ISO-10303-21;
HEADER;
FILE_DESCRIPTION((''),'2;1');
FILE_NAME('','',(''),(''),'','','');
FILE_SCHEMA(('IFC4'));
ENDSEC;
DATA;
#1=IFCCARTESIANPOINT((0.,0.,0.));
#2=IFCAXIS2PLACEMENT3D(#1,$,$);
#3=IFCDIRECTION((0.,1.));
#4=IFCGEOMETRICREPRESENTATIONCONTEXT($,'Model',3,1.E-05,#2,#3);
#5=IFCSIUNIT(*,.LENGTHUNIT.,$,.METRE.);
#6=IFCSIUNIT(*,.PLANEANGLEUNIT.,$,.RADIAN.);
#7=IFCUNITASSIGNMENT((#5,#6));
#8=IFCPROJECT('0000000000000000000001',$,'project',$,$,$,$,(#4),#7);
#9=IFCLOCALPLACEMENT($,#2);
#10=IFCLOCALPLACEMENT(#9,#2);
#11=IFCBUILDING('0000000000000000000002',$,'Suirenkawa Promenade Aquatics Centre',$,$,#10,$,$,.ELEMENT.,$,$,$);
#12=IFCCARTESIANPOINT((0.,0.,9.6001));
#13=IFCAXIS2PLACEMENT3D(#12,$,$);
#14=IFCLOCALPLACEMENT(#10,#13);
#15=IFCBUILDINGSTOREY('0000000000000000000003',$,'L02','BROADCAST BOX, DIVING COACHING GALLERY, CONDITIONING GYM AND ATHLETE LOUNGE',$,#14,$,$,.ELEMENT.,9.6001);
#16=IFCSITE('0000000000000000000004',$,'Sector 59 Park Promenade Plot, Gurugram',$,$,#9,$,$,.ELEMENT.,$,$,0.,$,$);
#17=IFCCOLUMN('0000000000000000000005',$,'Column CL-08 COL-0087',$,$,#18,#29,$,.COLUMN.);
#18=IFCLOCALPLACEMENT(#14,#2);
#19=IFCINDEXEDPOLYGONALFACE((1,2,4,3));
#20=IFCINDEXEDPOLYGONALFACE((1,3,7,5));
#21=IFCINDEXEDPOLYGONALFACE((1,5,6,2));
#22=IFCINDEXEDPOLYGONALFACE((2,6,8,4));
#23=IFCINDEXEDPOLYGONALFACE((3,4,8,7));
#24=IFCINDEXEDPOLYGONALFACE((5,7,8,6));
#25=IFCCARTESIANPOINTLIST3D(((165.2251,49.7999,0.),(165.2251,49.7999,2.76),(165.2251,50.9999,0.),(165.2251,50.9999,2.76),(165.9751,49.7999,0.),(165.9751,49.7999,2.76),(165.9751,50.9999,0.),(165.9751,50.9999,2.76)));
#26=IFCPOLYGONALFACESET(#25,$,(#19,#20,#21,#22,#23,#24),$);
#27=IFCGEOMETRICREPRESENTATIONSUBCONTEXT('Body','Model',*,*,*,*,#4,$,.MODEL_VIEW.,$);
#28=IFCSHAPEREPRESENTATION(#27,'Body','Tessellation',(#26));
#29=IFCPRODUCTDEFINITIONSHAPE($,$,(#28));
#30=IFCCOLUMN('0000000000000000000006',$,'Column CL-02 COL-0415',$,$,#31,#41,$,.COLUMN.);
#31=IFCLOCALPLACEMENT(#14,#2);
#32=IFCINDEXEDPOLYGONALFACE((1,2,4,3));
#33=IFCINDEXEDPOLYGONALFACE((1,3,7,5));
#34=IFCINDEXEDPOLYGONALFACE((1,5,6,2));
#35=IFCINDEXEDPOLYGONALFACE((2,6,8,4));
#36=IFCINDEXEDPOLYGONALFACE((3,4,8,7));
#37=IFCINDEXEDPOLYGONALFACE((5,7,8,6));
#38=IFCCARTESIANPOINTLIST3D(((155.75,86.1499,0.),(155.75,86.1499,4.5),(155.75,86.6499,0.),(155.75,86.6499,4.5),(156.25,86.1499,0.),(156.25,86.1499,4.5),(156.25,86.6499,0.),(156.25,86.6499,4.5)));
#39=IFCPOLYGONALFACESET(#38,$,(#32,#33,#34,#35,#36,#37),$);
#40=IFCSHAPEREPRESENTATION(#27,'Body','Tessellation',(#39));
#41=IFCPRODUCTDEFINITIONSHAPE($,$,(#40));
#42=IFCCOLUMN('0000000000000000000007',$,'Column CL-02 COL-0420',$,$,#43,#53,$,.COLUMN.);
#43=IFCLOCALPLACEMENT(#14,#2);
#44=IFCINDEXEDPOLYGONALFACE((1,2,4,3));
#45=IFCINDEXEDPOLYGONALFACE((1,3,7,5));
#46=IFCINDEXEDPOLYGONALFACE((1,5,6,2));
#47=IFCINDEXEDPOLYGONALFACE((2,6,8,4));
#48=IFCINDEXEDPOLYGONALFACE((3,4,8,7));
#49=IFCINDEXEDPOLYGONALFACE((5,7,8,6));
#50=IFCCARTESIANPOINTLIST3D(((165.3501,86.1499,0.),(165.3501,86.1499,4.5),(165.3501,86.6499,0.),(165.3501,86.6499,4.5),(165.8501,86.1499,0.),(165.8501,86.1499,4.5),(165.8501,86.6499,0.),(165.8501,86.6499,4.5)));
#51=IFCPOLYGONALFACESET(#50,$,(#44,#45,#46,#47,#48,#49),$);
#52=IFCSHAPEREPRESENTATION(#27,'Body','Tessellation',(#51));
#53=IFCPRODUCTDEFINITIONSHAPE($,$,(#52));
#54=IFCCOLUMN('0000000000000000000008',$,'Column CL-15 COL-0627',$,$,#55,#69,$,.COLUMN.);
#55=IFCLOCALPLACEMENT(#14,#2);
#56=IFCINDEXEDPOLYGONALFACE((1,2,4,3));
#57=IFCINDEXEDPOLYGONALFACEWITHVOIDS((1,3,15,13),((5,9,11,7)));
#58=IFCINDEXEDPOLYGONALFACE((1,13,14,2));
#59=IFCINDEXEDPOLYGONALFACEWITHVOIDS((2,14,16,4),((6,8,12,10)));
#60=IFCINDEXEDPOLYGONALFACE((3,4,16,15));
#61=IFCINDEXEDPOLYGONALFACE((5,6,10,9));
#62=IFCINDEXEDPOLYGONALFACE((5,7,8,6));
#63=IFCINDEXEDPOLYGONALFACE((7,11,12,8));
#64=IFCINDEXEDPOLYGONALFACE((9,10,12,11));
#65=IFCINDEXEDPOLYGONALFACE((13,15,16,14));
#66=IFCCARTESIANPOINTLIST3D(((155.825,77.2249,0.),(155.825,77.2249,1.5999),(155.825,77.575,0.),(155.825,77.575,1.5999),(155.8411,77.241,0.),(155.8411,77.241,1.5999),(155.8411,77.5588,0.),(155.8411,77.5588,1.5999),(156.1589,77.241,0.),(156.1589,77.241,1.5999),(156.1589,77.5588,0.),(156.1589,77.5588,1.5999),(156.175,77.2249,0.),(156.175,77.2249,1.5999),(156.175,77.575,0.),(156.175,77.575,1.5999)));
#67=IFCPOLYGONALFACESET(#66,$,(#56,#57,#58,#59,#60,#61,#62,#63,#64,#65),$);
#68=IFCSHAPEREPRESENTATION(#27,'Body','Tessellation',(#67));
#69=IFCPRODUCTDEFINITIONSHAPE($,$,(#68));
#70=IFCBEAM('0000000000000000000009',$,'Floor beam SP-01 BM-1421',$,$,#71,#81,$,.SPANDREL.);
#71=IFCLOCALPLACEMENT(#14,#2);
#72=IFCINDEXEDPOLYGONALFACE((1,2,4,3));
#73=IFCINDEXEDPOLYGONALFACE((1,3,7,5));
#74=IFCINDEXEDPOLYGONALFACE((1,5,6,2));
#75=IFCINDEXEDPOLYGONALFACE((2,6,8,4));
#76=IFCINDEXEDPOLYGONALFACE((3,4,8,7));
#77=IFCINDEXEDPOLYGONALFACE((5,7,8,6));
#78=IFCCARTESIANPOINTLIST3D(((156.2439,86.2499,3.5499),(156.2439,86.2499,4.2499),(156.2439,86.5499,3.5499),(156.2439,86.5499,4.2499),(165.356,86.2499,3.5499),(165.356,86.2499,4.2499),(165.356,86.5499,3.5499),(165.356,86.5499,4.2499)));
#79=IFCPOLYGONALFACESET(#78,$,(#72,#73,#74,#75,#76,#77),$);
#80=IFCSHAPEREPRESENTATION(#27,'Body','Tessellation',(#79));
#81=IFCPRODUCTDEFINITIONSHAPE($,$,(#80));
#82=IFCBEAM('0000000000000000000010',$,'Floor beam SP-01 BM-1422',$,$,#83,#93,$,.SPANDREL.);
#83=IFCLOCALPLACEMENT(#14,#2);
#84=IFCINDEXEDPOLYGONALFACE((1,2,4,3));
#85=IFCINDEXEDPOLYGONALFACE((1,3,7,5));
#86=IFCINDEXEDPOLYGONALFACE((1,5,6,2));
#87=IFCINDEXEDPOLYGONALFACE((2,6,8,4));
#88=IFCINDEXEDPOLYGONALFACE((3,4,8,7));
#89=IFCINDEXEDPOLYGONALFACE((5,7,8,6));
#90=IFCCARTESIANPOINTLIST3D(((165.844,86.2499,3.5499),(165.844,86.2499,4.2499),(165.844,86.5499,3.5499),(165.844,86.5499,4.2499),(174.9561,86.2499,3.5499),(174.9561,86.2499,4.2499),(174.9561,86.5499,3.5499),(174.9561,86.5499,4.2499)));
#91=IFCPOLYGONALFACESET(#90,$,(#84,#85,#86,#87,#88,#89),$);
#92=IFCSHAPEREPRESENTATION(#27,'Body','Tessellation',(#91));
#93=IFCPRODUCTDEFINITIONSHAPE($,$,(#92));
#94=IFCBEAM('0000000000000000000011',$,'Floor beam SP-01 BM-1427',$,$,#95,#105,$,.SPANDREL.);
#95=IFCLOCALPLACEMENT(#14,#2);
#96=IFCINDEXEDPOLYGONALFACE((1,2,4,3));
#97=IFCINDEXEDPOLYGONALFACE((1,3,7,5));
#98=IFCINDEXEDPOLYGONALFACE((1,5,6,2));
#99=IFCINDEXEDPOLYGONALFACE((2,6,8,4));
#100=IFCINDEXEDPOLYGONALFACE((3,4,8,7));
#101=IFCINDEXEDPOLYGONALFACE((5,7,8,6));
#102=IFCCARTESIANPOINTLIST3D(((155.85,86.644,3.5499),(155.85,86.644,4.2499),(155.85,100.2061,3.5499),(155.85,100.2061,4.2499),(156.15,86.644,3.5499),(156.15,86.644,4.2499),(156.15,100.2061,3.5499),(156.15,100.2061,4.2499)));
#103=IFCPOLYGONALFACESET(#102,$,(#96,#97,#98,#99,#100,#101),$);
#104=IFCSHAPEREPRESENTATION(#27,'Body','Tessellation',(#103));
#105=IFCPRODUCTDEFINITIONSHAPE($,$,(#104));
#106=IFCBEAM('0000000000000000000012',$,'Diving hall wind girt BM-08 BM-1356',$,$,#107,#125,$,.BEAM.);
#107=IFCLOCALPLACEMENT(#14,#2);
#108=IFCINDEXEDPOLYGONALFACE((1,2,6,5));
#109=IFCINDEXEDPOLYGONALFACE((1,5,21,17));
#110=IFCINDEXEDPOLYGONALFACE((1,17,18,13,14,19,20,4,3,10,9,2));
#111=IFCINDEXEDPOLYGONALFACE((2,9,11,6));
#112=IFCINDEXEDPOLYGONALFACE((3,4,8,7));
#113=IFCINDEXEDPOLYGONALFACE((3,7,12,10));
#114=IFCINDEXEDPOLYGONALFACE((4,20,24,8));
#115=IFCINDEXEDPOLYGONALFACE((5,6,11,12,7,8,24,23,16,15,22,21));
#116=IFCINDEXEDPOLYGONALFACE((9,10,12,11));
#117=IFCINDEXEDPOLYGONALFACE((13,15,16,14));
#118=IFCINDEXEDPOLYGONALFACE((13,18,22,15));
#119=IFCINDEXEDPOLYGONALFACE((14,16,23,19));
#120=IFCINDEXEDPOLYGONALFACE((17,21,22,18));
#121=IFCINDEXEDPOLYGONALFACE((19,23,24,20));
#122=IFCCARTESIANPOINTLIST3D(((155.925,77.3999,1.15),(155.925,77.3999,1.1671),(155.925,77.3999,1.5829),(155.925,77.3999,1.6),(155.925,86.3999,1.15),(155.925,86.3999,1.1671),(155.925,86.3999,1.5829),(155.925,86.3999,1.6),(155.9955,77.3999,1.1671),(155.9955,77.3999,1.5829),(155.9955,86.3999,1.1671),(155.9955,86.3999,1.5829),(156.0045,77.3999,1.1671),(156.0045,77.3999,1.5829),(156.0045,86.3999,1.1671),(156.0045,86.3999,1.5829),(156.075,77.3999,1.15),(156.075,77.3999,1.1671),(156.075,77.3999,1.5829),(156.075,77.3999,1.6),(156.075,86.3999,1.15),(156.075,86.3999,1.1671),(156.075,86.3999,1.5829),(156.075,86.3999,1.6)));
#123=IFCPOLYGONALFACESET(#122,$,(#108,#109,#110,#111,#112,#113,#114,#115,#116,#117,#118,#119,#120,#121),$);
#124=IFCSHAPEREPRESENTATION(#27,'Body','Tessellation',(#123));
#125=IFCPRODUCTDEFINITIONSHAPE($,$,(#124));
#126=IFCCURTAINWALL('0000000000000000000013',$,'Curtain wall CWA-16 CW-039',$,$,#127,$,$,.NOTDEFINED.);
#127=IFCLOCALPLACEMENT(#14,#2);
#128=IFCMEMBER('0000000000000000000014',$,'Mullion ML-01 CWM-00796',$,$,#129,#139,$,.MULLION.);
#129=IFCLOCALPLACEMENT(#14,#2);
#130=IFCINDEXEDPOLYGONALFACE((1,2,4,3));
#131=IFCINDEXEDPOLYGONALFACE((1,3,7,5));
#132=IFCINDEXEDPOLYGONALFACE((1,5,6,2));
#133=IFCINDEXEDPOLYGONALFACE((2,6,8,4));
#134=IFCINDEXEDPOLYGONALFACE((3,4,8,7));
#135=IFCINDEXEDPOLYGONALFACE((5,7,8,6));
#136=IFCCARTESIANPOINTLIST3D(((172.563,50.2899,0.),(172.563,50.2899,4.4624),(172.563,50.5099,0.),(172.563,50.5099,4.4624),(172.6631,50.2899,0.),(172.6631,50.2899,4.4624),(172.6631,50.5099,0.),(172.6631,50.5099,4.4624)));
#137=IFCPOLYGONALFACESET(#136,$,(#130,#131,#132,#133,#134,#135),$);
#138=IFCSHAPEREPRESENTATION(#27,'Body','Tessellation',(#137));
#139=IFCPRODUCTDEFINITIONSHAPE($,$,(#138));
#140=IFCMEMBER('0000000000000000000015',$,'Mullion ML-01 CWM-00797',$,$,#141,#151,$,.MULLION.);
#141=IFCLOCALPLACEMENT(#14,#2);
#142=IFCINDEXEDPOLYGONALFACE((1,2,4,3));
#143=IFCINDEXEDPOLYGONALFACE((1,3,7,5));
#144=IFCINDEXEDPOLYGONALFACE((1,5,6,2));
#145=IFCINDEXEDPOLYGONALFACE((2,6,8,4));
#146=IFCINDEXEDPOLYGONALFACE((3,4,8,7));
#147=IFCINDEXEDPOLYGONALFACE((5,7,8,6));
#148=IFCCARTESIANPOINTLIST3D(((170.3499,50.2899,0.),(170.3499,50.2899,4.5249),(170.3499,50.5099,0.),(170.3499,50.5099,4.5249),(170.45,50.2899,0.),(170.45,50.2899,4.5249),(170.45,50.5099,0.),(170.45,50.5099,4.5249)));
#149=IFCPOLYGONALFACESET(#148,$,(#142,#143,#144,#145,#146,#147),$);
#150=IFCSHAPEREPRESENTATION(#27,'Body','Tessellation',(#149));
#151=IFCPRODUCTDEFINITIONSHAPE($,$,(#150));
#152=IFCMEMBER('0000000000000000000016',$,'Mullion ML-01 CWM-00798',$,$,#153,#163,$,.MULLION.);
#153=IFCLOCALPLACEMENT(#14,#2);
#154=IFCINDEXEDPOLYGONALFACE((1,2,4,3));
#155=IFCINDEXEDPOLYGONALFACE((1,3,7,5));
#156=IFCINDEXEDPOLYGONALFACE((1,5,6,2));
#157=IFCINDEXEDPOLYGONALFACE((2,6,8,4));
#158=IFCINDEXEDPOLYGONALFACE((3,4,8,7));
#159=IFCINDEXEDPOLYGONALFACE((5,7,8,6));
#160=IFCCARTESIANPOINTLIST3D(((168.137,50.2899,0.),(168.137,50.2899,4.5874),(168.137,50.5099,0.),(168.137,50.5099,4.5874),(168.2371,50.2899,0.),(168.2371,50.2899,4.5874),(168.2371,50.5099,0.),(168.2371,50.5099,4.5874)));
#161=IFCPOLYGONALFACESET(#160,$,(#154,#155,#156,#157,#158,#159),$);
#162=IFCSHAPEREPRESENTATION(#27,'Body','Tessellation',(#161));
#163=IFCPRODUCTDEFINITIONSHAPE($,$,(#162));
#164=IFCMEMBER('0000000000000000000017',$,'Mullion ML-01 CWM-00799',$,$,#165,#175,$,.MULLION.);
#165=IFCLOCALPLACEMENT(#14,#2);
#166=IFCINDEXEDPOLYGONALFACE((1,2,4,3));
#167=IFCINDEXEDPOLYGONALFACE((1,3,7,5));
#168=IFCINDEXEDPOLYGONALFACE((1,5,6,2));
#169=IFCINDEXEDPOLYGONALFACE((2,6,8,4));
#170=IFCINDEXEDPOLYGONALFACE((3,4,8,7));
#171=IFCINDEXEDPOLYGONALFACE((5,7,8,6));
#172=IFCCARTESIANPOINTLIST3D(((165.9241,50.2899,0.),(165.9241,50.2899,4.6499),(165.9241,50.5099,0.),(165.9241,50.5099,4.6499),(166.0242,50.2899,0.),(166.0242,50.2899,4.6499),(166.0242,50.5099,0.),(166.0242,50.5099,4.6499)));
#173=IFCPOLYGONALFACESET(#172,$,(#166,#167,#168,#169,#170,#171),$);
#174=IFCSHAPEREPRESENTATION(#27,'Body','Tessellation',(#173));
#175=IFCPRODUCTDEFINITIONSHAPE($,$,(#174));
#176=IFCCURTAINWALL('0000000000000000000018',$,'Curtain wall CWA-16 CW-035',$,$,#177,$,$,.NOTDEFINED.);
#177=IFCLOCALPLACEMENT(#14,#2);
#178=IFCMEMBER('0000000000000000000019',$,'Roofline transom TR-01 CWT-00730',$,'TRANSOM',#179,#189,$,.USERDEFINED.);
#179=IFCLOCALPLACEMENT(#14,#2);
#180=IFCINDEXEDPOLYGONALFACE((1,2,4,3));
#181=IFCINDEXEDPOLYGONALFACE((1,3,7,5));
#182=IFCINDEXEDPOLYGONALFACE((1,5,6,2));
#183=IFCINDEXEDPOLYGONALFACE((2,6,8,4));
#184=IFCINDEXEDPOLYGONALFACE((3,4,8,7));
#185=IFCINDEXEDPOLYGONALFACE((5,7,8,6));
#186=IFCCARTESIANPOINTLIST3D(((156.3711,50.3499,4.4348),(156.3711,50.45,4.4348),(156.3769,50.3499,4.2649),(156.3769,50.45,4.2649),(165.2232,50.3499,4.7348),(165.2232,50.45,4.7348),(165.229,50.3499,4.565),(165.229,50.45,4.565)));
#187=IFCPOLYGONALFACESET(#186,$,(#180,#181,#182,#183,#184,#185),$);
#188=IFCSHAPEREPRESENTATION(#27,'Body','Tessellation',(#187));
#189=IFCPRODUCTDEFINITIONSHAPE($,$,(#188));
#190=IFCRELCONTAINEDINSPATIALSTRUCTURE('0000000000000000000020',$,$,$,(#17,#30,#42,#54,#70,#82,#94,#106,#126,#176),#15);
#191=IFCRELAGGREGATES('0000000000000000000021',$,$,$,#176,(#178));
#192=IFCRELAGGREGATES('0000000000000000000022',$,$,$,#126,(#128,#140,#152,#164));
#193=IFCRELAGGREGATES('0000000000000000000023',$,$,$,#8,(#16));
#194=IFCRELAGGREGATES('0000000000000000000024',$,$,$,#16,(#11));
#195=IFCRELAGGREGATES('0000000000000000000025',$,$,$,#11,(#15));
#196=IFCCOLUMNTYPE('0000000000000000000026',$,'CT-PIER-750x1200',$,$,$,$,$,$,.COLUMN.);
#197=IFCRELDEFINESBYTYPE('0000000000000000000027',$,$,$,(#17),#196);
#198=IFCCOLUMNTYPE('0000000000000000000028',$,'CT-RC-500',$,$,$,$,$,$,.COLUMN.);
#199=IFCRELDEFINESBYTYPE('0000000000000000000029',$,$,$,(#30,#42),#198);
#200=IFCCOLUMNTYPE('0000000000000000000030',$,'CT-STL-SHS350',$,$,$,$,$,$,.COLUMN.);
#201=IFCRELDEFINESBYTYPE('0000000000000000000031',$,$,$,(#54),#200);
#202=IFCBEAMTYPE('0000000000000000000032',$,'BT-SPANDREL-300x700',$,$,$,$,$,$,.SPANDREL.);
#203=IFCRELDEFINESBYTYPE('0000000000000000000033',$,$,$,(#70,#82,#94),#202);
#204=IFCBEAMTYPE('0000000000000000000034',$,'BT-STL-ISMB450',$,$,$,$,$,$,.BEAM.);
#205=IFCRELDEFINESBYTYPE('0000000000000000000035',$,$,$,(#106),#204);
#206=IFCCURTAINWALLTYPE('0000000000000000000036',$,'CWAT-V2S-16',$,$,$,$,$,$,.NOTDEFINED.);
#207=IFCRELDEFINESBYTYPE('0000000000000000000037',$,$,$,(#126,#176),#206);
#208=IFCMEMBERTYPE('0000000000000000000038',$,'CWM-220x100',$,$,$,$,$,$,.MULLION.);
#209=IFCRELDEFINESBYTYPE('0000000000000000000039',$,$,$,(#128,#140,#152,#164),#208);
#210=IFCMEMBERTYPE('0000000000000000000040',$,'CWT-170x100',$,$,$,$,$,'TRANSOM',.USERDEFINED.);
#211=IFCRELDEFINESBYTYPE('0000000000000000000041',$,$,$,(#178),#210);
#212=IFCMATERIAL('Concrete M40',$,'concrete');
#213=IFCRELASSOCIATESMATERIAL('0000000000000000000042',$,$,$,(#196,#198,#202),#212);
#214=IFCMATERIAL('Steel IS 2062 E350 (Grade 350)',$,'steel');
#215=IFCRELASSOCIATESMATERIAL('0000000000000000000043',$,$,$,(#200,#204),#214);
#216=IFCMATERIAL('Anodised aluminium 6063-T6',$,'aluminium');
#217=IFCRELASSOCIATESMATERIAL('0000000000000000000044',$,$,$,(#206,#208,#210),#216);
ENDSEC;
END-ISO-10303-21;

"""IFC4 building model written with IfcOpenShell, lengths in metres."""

from ifc_helpers import new_model, si_unit, direction, frame, origin, origin_2d, place, context, subcontext, project, spatial, rectangle, hollow_rectangle, i_section, extrude, material, material_profile, profile_set, type_object, element, aggregate, save


model = new_model("IFC4")

# Units and contexts
model_context = context("Model", 3, precision=1e-05, world=origin(), true_north=direction((0.0, 1.0)))
body_context = subcontext(model_context, "Body", "Model", "MODEL_VIEW")
ifc_project = project(units=[si_unit("LENGTHUNIT", "METRE"), si_unit("PLANEANGLEUNIT", "RADIAN")], contexts=[model_context])

# Site, building, storey
site_placement = place(None, origin())
site = spatial("IfcSite", under=ifc_project, at=site_placement, Name="Sector 59 Park Promenade Plot, Gurugram", CompositionType="ELEMENT", RefElevation=0.0)
building_placement = place(site_placement, origin())
building = spatial("IfcBuilding", under=site, at=building_placement, Name="Suirenkawa Promenade Aquatics Centre", CompositionType="ELEMENT")
storey_placement = place(building_placement, frame((0.0, 0.0, 9.6001)))
storey = spatial("IfcBuildingStorey", under=building, at=storey_placement, Name="L02", Description="BROADCAST BOX, DIVING COACHING GALLERY, CONDITIONING GYM AND ATHLETE LOUNGE", CompositionType="ELEMENT", Elevation=9.6001)

# Columns
ifc_material_1 = material(Name="Concrete M40", Category="concrete")
ifc_material_profile_1 = material_profile(ifc_material_1, rectangle(XDim=0.75, YDim=1.2, at=origin_2d()), Name="RC PIER 750x1200", Category="concrete")
ifc_profile_set_1 = profile_set([ifc_material_profile_1], Name="Concrete M40")
column_type_1 = type_object("IfcColumnType", Name="CT-PIER-750x1200", PredefinedType="COLUMN", material=ifc_profile_set_1)
column_1_placement = place(storey_placement, frame((165.6001, 50.3999, 0.0), z_axis=(0.0, 0.0, 1.0), x_axis=(1.0, 0.0, 0.0)))
element("IfcColumn", 1, at=column_1_placement, inside=storey, type_object=column_type_1, Name="Column CL-08 COL-0087", PredefinedType="COLUMN", context=body_context, shape_type="SweptSolid", body=[
    extrude(rectangle(XDim=0.75, YDim=1.2, at=origin_2d()), origin(), (0.0, 0.0, 1.0), 2.76),
])
ifc_material_profile_2 = material_profile(ifc_material_1, rectangle(XDim=0.5, YDim=0.5, at=origin_2d()), Name="RC COL 500x500", Category="concrete")
ifc_profile_set_2 = profile_set([ifc_material_profile_2], Name="Concrete M40")
column_type_2 = type_object("IfcColumnType", Name="CT-RC-500", PredefinedType="COLUMN", material=ifc_profile_set_2)
for number, where, z_axis, x_axis, name in (
    (2, (156.0, 86.3999, 0.0), (0.0, 0.0, 1.0), (1.0, 0.0, 0.0), "Column CL-02 COL-0415"),
    (3, (165.6001, 86.3999, 0.0), (0.0, 0.0, 1.0), (1.0, 0.0, 0.0), "Column CL-02 COL-0420"),
):
    element("IfcColumn", number, at=place(storey_placement, frame(where, z_axis=z_axis, x_axis=x_axis)), inside=storey, type_object=column_type_2, Name=name, PredefinedType="COLUMN", context=body_context, shape_type="SweptSolid", body=[
        extrude(rectangle(XDim=0.5, YDim=0.5, at=origin_2d()), origin(), (0.0, 0.0, 1.0), 4.5),
    ])
ifc_material_2 = material(Name="Steel IS 2062 E350 (Grade 350)", Category="steel")
ifc_material_profile_3 = material_profile(ifc_material_2, hollow_rectangle(XDim=0.3501, YDim=0.3501, WallThickness=0.0161, at=origin_2d()), Name="SHS 350x350x16", Category="steel")
ifc_profile_set_3 = profile_set([ifc_material_profile_3], Name="Steel IS 2062 E350 (Grade 350)")
column_type_3 = type_object("IfcColumnType", Name="CT-STL-SHS350", PredefinedType="COLUMN", material=ifc_profile_set_3)
column_2_placement = place(storey_placement, frame((156.0, 77.3999, 0.0), z_axis=(0.0, 0.0, 1.0), x_axis=(1.0, 0.0, 0.0)))
element("IfcColumn", 4, at=column_2_placement, inside=storey, type_object=column_type_3, Name="Column CL-15 COL-0627", PredefinedType="COLUMN", context=body_context, shape_type="SweptSolid", body=[
    extrude(hollow_rectangle(XDim=0.3501, YDim=0.3501, WallThickness=0.0161, at=origin_2d()), origin(), (0.0, 0.0, 1.0), 1.5999),
])

# Beams
ifc_material_profile_4 = material_profile(ifc_material_1, rectangle(XDim=0.3, YDim=0.7, at=origin_2d()), Name="RC SPANDREL 300x700", Category="concrete")
ifc_profile_set_4 = profile_set([ifc_material_profile_4], Name="Concrete M40")
beam_type_1 = type_object("IfcBeamType", Name="BT-SPANDREL-300x700", PredefinedType="SPANDREL", material=ifc_profile_set_4)
for number, where, z_axis, x_axis, name in (
    (5, (156.2439, 86.3999, 3.8999), (1.0, 0.0, 0.0), (0.0, 1.0, 0.0), "Floor beam SP-01 BM-1421"),
    (6, (165.844, 86.3999, 3.8999), (1.0, 0.0, 0.0), (0.0, 1.0, 0.0), "Floor beam SP-01 BM-1422"),
):
    element("IfcBeam", number, at=place(storey_placement, frame(where, z_axis=z_axis, x_axis=x_axis)), inside=storey, type_object=beam_type_1, Name=name, PredefinedType="SPANDREL", context=body_context, shape_type="SweptSolid", body=[
        extrude(rectangle(XDim=0.3, YDim=0.7, at=origin_2d()), origin(), (0.0, 0.0, 1.0), 9.1121),
    ])
beam_1_placement = place(storey_placement, frame((156.0, 86.644, 3.8999), z_axis=(0.0, 1.0, 0.0), x_axis=(-1.0, 0.0, 0.0)))
element("IfcBeam", 7, at=beam_1_placement, inside=storey, type_object=beam_type_1, Name="Floor beam SP-01 BM-1427", PredefinedType="SPANDREL", context=body_context, shape_type="SweptSolid", body=[
    extrude(rectangle(XDim=0.3, YDim=0.7, at=origin_2d()), origin(), (0.0, 0.0, 1.0), 13.562),
])
ifc_material_profile_5 = material_profile(ifc_material_2, i_section(OverallWidth=0.1499, OverallDepth=0.45, WebThickness=0.009, FlangeThickness=0.0171, at=origin_2d()), Name="ISMB 450", Category="steel")
ifc_profile_set_5 = profile_set([ifc_material_profile_5], Name="Steel IS 2062 E350 (Grade 350)")
beam_type_2 = type_object("IfcBeamType", Name="BT-STL-ISMB450", PredefinedType="BEAM", material=ifc_profile_set_5)
beam_2_placement = place(storey_placement, frame((156.0, 77.3999, 1.375), z_axis=(0.0, 1.0, 0.0), x_axis=(-1.0, 0.0, 0.0)))
element("IfcBeam", 8, at=beam_2_placement, inside=storey, type_object=beam_type_2, Name="Diving hall wind girt BM-08 BM-1356", PredefinedType="BEAM", context=body_context, shape_type="SweptSolid", body=[
    extrude(i_section(OverallWidth=0.1499, OverallDepth=0.45, WebThickness=0.009, FlangeThickness=0.0171, at=origin_2d()), origin(), (0.0, 0.0, 1.0), 9.0),
])

# Curtain wall, members
ifc_material_3 = material(Name="Anodised aluminium 6063-T6", Category="aluminium")
curtain_wall_type = type_object("IfcCurtainWallType", Name="CWAT-V2S-16", PredefinedType="NOTDEFINED", material=ifc_material_3)
curtain_wall_1_placement = place(storey_placement, origin())
curtain_wall_1 = element("IfcCurtainWall", 9, at=curtain_wall_1_placement, inside=storey, type_object=curtain_wall_type, Name="Curtain wall CWA-16 CW-039", PredefinedType="NOTDEFINED")
ifc_material_profile_6 = material_profile(ifc_material_3, rectangle(XDim=0.1001, YDim=0.22, at=origin_2d()), Name="ALU MULL 100x220", Category="aluminium")
ifc_profile_set_6 = profile_set([ifc_material_profile_6], Name="Anodised aluminium 6063-T6")
member_type_1 = type_object("IfcMemberType", Name="CWM-220x100", PredefinedType="MULLION", material=ifc_profile_set_6)
member_1_placement = place(storey_placement, frame((172.613, 50.3999, 0.0), z_axis=(0.0, 0.0, 1.0), x_axis=(-1.0, 0.0, 0.0)))
member_1 = element("IfcMember", 10, at=member_1_placement, type_object=member_type_1, Name="Mullion ML-01 CWM-00796", PredefinedType="MULLION", context=body_context, shape_type="SweptSolid", body=[
    extrude(rectangle(XDim=0.1001, YDim=0.22, at=origin_2d()), origin(), (0.0, 0.0, 1.0), 4.4624),
])
member_2_placement = place(storey_placement, frame((170.3999, 50.3999, 0.0), z_axis=(0.0, 0.0, 1.0), x_axis=(-1.0, 0.0, 0.0)))
member_2 = element("IfcMember", 11, at=member_2_placement, type_object=member_type_1, Name="Mullion ML-01 CWM-00797", PredefinedType="MULLION", context=body_context, shape_type="SweptSolid", body=[
    extrude(rectangle(XDim=0.1001, YDim=0.22, at=origin_2d()), origin(), (0.0, 0.0, 1.0), 4.5249),
])
member_3_placement = place(storey_placement, frame((168.187, 50.3999, 0.0), z_axis=(0.0, 0.0, 1.0), x_axis=(-1.0, 0.0, 0.0)))
member_3 = element("IfcMember", 12, at=member_3_placement, type_object=member_type_1, Name="Mullion ML-01 CWM-00798", PredefinedType="MULLION", context=body_context, shape_type="SweptSolid", body=[
    extrude(rectangle(XDim=0.1001, YDim=0.22, at=origin_2d()), origin(), (0.0, 0.0, 1.0), 4.5874),
])
member_4_placement = place(storey_placement, frame((165.9741, 50.3999, 0.0), z_axis=(0.0, 0.0, 1.0), x_axis=(-1.0, 0.0, 0.0)))
member_4 = element("IfcMember", 13, at=member_4_placement, type_object=member_type_1, Name="Mullion ML-01 CWM-00799", PredefinedType="MULLION", context=body_context, shape_type="SweptSolid", body=[
    extrude(rectangle(XDim=0.1001, YDim=0.22, at=origin_2d()), origin(), (0.0, 0.0, 1.0), 4.6499),
])

# Curtain wall, member
curtain_wall_2_placement = place(storey_placement, origin())
curtain_wall_2 = element("IfcCurtainWall", 14, at=curtain_wall_2_placement, inside=storey, type_object=curtain_wall_type, Name="Curtain wall CWA-16 CW-035", PredefinedType="NOTDEFINED")
ifc_material_profile_7 = material_profile(ifc_material_3, rectangle(XDim=0.1001, YDim=0.1699, at=origin_2d()), Name="ALU TRAN 100x170", Category="aluminium")
ifc_profile_set_7 = profile_set([ifc_material_profile_7], Name="Anodised aluminium 6063-T6")
member_type_2 = type_object("IfcMemberType", Name="CWT-170x100", ElementType="TRANSOM", PredefinedType="USERDEFINED", material=ifc_profile_set_7)
member_5_placement = place(storey_placement, frame((165.2261, 50.3999, 4.6499), z_axis=(-0.999426, 0.0, -0.033877), x_axis=(0.0, -1.0, 0.0)))
member_5 = element("IfcMember", 15, at=member_5_placement, type_object=member_type_2, Name="Roofline transom TR-01 CWT-00730", ObjectType="TRANSOM", PredefinedType="USERDEFINED", context=body_context, shape_type="SweptSolid", body=[
    extrude(rectangle(XDim=0.1001, YDim=0.1699, at=origin_2d()), origin(), (0.0, 0.0, 1.0), 8.8572),
])

aggregate(curtain_wall_2, [member_5])
aggregate(curtain_wall_1, [member_1, member_2, member_3, member_4])

save(model, "model.ifc")
